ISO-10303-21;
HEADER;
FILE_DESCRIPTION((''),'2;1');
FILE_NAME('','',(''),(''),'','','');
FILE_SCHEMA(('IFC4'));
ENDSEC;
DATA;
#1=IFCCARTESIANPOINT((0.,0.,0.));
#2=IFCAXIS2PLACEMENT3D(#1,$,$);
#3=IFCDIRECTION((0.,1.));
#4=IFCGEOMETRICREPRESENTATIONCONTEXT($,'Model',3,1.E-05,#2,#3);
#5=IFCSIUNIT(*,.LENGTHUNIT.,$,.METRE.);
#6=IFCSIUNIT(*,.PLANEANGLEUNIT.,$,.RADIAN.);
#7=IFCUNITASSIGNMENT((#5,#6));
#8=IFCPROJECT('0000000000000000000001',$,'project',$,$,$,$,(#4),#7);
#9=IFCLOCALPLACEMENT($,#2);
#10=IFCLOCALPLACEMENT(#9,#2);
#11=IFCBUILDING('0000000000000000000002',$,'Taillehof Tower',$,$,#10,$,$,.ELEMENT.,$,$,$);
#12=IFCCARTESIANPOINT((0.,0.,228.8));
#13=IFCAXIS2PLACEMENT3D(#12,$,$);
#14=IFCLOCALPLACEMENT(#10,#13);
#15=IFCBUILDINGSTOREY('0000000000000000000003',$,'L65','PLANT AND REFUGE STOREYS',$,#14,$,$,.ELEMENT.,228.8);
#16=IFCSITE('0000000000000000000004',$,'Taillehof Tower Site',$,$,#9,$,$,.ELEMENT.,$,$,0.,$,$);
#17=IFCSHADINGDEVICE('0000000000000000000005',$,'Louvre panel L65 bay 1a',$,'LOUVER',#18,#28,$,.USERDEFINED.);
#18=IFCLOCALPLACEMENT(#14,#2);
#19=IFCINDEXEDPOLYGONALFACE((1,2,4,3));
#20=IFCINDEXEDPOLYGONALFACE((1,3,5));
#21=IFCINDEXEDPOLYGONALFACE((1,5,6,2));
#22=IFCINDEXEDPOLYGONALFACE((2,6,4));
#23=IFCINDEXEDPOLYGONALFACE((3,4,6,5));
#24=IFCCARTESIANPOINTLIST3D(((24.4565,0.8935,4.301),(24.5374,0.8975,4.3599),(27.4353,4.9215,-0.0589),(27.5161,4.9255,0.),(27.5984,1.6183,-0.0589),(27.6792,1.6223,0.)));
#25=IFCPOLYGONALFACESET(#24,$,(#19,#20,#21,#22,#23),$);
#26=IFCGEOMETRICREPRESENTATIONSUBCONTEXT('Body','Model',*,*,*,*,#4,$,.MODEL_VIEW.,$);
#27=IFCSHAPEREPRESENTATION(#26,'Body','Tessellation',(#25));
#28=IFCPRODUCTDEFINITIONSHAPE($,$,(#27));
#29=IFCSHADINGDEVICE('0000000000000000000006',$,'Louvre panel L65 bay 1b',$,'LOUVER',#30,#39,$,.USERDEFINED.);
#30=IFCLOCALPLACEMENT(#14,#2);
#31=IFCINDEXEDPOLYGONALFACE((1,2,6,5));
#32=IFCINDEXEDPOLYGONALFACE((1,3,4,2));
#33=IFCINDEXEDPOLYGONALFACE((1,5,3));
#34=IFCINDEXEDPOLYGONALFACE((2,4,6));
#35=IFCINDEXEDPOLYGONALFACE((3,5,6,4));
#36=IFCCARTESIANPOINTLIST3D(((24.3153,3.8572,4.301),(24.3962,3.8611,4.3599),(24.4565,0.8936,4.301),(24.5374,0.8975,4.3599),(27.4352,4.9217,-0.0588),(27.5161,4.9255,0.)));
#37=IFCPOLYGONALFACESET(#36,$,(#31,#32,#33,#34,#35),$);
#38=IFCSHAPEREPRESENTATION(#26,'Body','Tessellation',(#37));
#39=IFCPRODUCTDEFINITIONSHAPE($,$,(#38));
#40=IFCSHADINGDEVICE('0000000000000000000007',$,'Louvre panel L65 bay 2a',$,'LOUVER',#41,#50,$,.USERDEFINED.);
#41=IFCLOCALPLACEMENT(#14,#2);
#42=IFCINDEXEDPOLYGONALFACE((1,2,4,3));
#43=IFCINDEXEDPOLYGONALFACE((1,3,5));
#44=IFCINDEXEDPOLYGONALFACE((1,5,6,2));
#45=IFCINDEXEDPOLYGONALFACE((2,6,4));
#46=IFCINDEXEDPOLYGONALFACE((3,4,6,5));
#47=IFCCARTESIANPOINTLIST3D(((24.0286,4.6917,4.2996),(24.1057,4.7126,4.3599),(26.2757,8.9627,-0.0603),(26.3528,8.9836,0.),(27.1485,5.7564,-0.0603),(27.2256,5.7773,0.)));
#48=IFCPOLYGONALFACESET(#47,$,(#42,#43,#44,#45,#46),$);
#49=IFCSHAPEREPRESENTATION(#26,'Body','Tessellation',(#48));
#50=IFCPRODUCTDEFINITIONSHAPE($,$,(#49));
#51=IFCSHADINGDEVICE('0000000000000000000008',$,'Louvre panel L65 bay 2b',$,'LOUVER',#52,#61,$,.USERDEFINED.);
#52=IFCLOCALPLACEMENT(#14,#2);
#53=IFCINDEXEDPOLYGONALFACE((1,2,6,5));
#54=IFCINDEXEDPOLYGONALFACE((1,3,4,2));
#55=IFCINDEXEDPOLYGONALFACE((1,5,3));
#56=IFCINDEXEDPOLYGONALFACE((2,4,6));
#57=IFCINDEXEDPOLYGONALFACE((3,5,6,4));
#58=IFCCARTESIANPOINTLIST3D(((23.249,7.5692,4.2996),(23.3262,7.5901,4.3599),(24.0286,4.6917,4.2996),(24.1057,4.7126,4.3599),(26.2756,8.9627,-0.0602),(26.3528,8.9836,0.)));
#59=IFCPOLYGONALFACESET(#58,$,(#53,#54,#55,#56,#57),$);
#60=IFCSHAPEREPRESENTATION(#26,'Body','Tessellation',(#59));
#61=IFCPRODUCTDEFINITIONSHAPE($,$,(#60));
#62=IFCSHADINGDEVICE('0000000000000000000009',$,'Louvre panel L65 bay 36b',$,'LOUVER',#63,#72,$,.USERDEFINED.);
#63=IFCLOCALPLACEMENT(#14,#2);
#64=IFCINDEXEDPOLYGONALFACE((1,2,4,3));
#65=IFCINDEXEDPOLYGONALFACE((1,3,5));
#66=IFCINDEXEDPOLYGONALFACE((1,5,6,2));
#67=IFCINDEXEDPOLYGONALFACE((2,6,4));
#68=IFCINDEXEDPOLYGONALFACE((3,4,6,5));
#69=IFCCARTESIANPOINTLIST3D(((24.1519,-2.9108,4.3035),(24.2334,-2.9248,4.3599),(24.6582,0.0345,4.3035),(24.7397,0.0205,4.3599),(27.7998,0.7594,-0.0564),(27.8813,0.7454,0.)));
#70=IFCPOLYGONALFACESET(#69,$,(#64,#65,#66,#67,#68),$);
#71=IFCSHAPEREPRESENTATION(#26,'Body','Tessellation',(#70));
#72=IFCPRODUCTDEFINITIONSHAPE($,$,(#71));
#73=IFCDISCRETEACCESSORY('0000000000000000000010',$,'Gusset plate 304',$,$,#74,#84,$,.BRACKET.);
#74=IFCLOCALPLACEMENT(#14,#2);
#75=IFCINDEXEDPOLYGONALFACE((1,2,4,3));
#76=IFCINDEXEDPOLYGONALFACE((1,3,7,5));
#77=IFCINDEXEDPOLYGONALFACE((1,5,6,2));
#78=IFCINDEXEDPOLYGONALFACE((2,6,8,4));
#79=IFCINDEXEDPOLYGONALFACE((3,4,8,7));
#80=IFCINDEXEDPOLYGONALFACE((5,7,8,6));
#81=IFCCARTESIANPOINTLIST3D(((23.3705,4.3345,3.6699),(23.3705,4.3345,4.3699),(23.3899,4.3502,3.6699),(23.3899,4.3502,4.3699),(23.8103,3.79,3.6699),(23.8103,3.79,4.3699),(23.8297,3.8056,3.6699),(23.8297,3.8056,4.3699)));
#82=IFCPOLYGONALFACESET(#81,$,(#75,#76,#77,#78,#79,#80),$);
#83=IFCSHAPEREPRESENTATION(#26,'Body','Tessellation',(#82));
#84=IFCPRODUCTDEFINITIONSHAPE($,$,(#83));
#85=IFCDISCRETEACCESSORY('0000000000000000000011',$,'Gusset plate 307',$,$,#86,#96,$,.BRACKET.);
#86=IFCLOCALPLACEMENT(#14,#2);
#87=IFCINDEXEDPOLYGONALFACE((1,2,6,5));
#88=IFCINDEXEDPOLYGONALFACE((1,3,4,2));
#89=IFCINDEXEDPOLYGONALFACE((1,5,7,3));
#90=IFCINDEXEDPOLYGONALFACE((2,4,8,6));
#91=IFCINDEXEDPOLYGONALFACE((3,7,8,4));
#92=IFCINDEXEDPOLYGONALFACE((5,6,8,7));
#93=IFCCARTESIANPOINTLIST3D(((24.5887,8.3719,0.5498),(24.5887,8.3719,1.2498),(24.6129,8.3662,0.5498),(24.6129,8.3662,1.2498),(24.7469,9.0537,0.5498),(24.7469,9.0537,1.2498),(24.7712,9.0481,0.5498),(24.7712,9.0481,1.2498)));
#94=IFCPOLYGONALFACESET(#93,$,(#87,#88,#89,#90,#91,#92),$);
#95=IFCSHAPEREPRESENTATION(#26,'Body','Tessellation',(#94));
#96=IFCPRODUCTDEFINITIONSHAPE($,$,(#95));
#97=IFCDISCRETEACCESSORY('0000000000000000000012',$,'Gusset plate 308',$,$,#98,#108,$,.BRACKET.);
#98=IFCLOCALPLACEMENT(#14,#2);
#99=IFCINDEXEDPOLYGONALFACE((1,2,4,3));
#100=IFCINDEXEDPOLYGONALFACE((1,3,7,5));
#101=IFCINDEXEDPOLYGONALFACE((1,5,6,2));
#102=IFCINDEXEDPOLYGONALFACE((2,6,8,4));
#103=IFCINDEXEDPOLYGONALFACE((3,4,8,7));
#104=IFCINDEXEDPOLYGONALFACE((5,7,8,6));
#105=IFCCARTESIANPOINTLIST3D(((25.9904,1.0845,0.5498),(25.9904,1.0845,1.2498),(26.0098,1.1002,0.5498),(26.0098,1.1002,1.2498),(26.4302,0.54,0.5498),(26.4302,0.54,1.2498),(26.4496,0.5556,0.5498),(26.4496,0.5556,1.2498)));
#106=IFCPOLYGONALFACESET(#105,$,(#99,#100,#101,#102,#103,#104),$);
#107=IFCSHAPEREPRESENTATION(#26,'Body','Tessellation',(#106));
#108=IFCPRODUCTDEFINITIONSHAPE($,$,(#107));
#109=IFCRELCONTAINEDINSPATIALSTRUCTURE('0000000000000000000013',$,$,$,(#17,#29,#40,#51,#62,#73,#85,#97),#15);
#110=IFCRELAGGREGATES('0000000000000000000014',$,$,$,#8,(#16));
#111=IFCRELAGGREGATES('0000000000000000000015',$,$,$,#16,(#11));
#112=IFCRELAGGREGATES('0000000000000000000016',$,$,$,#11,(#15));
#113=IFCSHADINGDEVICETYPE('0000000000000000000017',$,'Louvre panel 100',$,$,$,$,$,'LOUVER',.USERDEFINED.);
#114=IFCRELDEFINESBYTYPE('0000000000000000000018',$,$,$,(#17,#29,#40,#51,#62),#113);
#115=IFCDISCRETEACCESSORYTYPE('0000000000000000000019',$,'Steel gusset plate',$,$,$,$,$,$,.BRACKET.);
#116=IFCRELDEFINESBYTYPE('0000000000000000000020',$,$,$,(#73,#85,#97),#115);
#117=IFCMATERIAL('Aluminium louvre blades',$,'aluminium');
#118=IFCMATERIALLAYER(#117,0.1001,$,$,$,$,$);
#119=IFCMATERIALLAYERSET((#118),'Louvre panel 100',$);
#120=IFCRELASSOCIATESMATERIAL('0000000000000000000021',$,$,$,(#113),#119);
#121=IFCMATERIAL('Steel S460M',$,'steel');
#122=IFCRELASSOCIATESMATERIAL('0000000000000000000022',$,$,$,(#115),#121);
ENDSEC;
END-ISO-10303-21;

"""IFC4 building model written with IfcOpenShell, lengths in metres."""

from ifc_helpers import new_model, si_unit, direction, frame, origin, origin_2d, place, context, subcontext, project, spatial, polyline, rectangle, outline, extrude, material, layer, layer_set, type_object, element, save


model = new_model("IFC4")

# Units and contexts
model_context = context("Model", 3, precision=1e-05, world=origin(), true_north=direction((0.0, 1.0)))
body_context = subcontext(model_context, "Body", "Model", "MODEL_VIEW")
ifc_project = project(units=[si_unit("LENGTHUNIT", "METRE"), si_unit("PLANEANGLEUNIT", "RADIAN")], contexts=[model_context])

# Site, building, storey
site_placement = place(None, origin())
site = spatial("IfcSite", under=ifc_project, at=site_placement, Name="Taillehof Tower Site", CompositionType="ELEMENT", RefElevation=0.0)
building_placement = place(site_placement, origin())
building = spatial("IfcBuilding", under=site, at=building_placement, Name="Taillehof Tower", CompositionType="ELEMENT")
storey_placement = place(building_placement, frame((0.0, 0.0, 228.8)))
storey = spatial("IfcBuildingStorey", under=building, at=storey_placement, Name="L65", Description="PLANT AND REFUGE STOREYS", CompositionType="ELEMENT", Elevation=228.8)

# Shading devices
ifc_material_1 = material(Name="Aluminium louvre blades", Category="aluminium")
ifc_layer_1 = layer(ifc_material_1, 0.1001)
ifc_layer_set_1 = layer_set([ifc_layer_1], Name="Louvre panel 100")
shading_device_type = type_object("IfcShadingDeviceType", Name="Louvre panel 100", ElementType="LOUVER", PredefinedType="USERDEFINED", material=ifc_layer_set_1)
shading_device_1_placement = place(storey_placement, frame((27.6792, 1.6223, 0.0), z_axis=(0.807492, 0.039867, 0.58853), x_axis=(-0.049312, 0.998783, 0.0)))
element("IfcShadingDevice", 1, at=shading_device_1_placement, inside=storey, type_object=shading_device_type, Name="Louvre panel L65 bay 1a", ObjectType="LOUVER", PredefinedType="USERDEFINED", context=body_context, shape_type="SweptSolid", body=[
    extrude(outline(polyline([(0.0, 0.0), (3.3072, 0.0), (-0.569, 5.3927), (0.0, 0.0)])), origin(), (0.0, 0.0, -1.0), 0.1001),
])
shading_device_2_placement = place(storey_placement, frame((27.5161, 4.9255, 0.0), z_axis=(0.808159, 0.038481, 0.587705), x_axis=(-0.570798, -0.194748, 0.797661)))
element("IfcShadingDevice", 2, at=shading_device_2_placement, inside=storey, type_object=shading_device_type, Name="Louvre panel L65 bay 1b", ObjectType="LOUVER", PredefinedType="USERDEFINED", context=body_context, shape_type="SweptSolid", body=[
    extrude(outline(polyline([(0.0, 0.0), (5.4658, 0.0), (5.9624, 2.9251), (0.0, 0.0)])), origin(), (0.0, 0.0, -1.0), 0.1001),
])
shading_device_3_placement = place(storey_placement, frame((27.2256, 5.7773, 0.0), z_axis=(0.770205, 0.209661, 0.602351), x_axis=(-0.262657, 0.964889, 0.0)))
element("IfcShadingDevice", 3, at=shading_device_3_placement, inside=storey, type_object=shading_device_type, Name="Louvre panel L65 bay 2a", ObjectType="LOUVER", PredefinedType="USERDEFINED", context=body_context, shape_type="SweptSolid", body=[
    extrude(outline(polyline([(0.0, 0.0), (3.323, 0.0), (-0.2079, 5.4619), (0.0, 0.0)])), origin(), (0.0, 0.0, -1.0), 0.1001),
])
shading_device_4_placement = place(storey_placement, frame((26.3528, 8.9836, 0.0), z_axis=(0.770822, 0.208827, 0.601851), x_axis=(-0.551564, -0.253959, 0.794533)))
element("IfcShadingDevice", 4, at=shading_device_4_placement, inside=storey, type_object=shading_device_type, Name="Louvre panel L65 bay 2b", ObjectType="LOUVER", PredefinedType="USERDEFINED", context=body_context, shape_type="SweptSolid", body=[
    extrude(outline(polyline([(0.0, 0.0), (5.4873, 0.0), (5.7881, 2.966), (0.0, 0.0)])), origin(), (0.0, 0.0, -1.0), 0.1001),
])
shading_device_5_placement = place(storey_placement, frame((27.8813, 0.7454, 0.0), z_axis=(0.814218, -0.139977, 0.563432), x_axis=(-0.579364, -0.133675, 0.804032)))
element("IfcShadingDevice", 5, at=shading_device_5_placement, inside=storey, type_object=shading_device_type, Name="Louvre panel L65 bay 36b", ObjectType="LOUVER", PredefinedType="USERDEFINED", context=body_context, shape_type="SweptSolid", body=[
    extrude(outline(polyline([(0.0, 0.0), (5.4225, 0.0), (6.1096, 2.9085), (0.0, 0.0)])), origin(), (0.0, 0.0, -1.0), 0.1001),
])

# Discrete accessories
ifc_material_2 = material(Name="Steel S460M", Category="steel")
discrete_accessory_type = type_object("IfcDiscreteAccessoryType", Name="Steel gusset plate", PredefinedType="BRACKET", material=ifc_material_2)
for number, where, z_axis, x_axis, name in (
    (6, (23.6001, 4.0701, 3.6699), (0.0, 0.0, 1.0), (-0.628343, 0.777936, 0.0), "Gusset plate 304"),
    (7, (24.6799, 8.71, 0.5498), (0.0, 0.0, 1.0), (0.226131, 0.974097, 0.0), "Gusset plate 307"),
    (8, (26.22, 0.8201, 0.5498), (0.0, 0.0, 1.0), (-0.628343, 0.777936, 0.0), "Gusset plate 308"),
):
    element("IfcDiscreteAccessory", number, at=place(storey_placement, frame(where, z_axis=z_axis, x_axis=x_axis)), inside=storey, type_object=discrete_accessory_type, Name=name, PredefinedType="BRACKET", context=body_context, shape_type="SweptSolid", body=[
        extrude(rectangle(XDim=0.7, YDim=0.0249, at=origin_2d()), origin(), (0.0, 0.0, 1.0), 0.7),
    ])

save(model, "model.ifc")
